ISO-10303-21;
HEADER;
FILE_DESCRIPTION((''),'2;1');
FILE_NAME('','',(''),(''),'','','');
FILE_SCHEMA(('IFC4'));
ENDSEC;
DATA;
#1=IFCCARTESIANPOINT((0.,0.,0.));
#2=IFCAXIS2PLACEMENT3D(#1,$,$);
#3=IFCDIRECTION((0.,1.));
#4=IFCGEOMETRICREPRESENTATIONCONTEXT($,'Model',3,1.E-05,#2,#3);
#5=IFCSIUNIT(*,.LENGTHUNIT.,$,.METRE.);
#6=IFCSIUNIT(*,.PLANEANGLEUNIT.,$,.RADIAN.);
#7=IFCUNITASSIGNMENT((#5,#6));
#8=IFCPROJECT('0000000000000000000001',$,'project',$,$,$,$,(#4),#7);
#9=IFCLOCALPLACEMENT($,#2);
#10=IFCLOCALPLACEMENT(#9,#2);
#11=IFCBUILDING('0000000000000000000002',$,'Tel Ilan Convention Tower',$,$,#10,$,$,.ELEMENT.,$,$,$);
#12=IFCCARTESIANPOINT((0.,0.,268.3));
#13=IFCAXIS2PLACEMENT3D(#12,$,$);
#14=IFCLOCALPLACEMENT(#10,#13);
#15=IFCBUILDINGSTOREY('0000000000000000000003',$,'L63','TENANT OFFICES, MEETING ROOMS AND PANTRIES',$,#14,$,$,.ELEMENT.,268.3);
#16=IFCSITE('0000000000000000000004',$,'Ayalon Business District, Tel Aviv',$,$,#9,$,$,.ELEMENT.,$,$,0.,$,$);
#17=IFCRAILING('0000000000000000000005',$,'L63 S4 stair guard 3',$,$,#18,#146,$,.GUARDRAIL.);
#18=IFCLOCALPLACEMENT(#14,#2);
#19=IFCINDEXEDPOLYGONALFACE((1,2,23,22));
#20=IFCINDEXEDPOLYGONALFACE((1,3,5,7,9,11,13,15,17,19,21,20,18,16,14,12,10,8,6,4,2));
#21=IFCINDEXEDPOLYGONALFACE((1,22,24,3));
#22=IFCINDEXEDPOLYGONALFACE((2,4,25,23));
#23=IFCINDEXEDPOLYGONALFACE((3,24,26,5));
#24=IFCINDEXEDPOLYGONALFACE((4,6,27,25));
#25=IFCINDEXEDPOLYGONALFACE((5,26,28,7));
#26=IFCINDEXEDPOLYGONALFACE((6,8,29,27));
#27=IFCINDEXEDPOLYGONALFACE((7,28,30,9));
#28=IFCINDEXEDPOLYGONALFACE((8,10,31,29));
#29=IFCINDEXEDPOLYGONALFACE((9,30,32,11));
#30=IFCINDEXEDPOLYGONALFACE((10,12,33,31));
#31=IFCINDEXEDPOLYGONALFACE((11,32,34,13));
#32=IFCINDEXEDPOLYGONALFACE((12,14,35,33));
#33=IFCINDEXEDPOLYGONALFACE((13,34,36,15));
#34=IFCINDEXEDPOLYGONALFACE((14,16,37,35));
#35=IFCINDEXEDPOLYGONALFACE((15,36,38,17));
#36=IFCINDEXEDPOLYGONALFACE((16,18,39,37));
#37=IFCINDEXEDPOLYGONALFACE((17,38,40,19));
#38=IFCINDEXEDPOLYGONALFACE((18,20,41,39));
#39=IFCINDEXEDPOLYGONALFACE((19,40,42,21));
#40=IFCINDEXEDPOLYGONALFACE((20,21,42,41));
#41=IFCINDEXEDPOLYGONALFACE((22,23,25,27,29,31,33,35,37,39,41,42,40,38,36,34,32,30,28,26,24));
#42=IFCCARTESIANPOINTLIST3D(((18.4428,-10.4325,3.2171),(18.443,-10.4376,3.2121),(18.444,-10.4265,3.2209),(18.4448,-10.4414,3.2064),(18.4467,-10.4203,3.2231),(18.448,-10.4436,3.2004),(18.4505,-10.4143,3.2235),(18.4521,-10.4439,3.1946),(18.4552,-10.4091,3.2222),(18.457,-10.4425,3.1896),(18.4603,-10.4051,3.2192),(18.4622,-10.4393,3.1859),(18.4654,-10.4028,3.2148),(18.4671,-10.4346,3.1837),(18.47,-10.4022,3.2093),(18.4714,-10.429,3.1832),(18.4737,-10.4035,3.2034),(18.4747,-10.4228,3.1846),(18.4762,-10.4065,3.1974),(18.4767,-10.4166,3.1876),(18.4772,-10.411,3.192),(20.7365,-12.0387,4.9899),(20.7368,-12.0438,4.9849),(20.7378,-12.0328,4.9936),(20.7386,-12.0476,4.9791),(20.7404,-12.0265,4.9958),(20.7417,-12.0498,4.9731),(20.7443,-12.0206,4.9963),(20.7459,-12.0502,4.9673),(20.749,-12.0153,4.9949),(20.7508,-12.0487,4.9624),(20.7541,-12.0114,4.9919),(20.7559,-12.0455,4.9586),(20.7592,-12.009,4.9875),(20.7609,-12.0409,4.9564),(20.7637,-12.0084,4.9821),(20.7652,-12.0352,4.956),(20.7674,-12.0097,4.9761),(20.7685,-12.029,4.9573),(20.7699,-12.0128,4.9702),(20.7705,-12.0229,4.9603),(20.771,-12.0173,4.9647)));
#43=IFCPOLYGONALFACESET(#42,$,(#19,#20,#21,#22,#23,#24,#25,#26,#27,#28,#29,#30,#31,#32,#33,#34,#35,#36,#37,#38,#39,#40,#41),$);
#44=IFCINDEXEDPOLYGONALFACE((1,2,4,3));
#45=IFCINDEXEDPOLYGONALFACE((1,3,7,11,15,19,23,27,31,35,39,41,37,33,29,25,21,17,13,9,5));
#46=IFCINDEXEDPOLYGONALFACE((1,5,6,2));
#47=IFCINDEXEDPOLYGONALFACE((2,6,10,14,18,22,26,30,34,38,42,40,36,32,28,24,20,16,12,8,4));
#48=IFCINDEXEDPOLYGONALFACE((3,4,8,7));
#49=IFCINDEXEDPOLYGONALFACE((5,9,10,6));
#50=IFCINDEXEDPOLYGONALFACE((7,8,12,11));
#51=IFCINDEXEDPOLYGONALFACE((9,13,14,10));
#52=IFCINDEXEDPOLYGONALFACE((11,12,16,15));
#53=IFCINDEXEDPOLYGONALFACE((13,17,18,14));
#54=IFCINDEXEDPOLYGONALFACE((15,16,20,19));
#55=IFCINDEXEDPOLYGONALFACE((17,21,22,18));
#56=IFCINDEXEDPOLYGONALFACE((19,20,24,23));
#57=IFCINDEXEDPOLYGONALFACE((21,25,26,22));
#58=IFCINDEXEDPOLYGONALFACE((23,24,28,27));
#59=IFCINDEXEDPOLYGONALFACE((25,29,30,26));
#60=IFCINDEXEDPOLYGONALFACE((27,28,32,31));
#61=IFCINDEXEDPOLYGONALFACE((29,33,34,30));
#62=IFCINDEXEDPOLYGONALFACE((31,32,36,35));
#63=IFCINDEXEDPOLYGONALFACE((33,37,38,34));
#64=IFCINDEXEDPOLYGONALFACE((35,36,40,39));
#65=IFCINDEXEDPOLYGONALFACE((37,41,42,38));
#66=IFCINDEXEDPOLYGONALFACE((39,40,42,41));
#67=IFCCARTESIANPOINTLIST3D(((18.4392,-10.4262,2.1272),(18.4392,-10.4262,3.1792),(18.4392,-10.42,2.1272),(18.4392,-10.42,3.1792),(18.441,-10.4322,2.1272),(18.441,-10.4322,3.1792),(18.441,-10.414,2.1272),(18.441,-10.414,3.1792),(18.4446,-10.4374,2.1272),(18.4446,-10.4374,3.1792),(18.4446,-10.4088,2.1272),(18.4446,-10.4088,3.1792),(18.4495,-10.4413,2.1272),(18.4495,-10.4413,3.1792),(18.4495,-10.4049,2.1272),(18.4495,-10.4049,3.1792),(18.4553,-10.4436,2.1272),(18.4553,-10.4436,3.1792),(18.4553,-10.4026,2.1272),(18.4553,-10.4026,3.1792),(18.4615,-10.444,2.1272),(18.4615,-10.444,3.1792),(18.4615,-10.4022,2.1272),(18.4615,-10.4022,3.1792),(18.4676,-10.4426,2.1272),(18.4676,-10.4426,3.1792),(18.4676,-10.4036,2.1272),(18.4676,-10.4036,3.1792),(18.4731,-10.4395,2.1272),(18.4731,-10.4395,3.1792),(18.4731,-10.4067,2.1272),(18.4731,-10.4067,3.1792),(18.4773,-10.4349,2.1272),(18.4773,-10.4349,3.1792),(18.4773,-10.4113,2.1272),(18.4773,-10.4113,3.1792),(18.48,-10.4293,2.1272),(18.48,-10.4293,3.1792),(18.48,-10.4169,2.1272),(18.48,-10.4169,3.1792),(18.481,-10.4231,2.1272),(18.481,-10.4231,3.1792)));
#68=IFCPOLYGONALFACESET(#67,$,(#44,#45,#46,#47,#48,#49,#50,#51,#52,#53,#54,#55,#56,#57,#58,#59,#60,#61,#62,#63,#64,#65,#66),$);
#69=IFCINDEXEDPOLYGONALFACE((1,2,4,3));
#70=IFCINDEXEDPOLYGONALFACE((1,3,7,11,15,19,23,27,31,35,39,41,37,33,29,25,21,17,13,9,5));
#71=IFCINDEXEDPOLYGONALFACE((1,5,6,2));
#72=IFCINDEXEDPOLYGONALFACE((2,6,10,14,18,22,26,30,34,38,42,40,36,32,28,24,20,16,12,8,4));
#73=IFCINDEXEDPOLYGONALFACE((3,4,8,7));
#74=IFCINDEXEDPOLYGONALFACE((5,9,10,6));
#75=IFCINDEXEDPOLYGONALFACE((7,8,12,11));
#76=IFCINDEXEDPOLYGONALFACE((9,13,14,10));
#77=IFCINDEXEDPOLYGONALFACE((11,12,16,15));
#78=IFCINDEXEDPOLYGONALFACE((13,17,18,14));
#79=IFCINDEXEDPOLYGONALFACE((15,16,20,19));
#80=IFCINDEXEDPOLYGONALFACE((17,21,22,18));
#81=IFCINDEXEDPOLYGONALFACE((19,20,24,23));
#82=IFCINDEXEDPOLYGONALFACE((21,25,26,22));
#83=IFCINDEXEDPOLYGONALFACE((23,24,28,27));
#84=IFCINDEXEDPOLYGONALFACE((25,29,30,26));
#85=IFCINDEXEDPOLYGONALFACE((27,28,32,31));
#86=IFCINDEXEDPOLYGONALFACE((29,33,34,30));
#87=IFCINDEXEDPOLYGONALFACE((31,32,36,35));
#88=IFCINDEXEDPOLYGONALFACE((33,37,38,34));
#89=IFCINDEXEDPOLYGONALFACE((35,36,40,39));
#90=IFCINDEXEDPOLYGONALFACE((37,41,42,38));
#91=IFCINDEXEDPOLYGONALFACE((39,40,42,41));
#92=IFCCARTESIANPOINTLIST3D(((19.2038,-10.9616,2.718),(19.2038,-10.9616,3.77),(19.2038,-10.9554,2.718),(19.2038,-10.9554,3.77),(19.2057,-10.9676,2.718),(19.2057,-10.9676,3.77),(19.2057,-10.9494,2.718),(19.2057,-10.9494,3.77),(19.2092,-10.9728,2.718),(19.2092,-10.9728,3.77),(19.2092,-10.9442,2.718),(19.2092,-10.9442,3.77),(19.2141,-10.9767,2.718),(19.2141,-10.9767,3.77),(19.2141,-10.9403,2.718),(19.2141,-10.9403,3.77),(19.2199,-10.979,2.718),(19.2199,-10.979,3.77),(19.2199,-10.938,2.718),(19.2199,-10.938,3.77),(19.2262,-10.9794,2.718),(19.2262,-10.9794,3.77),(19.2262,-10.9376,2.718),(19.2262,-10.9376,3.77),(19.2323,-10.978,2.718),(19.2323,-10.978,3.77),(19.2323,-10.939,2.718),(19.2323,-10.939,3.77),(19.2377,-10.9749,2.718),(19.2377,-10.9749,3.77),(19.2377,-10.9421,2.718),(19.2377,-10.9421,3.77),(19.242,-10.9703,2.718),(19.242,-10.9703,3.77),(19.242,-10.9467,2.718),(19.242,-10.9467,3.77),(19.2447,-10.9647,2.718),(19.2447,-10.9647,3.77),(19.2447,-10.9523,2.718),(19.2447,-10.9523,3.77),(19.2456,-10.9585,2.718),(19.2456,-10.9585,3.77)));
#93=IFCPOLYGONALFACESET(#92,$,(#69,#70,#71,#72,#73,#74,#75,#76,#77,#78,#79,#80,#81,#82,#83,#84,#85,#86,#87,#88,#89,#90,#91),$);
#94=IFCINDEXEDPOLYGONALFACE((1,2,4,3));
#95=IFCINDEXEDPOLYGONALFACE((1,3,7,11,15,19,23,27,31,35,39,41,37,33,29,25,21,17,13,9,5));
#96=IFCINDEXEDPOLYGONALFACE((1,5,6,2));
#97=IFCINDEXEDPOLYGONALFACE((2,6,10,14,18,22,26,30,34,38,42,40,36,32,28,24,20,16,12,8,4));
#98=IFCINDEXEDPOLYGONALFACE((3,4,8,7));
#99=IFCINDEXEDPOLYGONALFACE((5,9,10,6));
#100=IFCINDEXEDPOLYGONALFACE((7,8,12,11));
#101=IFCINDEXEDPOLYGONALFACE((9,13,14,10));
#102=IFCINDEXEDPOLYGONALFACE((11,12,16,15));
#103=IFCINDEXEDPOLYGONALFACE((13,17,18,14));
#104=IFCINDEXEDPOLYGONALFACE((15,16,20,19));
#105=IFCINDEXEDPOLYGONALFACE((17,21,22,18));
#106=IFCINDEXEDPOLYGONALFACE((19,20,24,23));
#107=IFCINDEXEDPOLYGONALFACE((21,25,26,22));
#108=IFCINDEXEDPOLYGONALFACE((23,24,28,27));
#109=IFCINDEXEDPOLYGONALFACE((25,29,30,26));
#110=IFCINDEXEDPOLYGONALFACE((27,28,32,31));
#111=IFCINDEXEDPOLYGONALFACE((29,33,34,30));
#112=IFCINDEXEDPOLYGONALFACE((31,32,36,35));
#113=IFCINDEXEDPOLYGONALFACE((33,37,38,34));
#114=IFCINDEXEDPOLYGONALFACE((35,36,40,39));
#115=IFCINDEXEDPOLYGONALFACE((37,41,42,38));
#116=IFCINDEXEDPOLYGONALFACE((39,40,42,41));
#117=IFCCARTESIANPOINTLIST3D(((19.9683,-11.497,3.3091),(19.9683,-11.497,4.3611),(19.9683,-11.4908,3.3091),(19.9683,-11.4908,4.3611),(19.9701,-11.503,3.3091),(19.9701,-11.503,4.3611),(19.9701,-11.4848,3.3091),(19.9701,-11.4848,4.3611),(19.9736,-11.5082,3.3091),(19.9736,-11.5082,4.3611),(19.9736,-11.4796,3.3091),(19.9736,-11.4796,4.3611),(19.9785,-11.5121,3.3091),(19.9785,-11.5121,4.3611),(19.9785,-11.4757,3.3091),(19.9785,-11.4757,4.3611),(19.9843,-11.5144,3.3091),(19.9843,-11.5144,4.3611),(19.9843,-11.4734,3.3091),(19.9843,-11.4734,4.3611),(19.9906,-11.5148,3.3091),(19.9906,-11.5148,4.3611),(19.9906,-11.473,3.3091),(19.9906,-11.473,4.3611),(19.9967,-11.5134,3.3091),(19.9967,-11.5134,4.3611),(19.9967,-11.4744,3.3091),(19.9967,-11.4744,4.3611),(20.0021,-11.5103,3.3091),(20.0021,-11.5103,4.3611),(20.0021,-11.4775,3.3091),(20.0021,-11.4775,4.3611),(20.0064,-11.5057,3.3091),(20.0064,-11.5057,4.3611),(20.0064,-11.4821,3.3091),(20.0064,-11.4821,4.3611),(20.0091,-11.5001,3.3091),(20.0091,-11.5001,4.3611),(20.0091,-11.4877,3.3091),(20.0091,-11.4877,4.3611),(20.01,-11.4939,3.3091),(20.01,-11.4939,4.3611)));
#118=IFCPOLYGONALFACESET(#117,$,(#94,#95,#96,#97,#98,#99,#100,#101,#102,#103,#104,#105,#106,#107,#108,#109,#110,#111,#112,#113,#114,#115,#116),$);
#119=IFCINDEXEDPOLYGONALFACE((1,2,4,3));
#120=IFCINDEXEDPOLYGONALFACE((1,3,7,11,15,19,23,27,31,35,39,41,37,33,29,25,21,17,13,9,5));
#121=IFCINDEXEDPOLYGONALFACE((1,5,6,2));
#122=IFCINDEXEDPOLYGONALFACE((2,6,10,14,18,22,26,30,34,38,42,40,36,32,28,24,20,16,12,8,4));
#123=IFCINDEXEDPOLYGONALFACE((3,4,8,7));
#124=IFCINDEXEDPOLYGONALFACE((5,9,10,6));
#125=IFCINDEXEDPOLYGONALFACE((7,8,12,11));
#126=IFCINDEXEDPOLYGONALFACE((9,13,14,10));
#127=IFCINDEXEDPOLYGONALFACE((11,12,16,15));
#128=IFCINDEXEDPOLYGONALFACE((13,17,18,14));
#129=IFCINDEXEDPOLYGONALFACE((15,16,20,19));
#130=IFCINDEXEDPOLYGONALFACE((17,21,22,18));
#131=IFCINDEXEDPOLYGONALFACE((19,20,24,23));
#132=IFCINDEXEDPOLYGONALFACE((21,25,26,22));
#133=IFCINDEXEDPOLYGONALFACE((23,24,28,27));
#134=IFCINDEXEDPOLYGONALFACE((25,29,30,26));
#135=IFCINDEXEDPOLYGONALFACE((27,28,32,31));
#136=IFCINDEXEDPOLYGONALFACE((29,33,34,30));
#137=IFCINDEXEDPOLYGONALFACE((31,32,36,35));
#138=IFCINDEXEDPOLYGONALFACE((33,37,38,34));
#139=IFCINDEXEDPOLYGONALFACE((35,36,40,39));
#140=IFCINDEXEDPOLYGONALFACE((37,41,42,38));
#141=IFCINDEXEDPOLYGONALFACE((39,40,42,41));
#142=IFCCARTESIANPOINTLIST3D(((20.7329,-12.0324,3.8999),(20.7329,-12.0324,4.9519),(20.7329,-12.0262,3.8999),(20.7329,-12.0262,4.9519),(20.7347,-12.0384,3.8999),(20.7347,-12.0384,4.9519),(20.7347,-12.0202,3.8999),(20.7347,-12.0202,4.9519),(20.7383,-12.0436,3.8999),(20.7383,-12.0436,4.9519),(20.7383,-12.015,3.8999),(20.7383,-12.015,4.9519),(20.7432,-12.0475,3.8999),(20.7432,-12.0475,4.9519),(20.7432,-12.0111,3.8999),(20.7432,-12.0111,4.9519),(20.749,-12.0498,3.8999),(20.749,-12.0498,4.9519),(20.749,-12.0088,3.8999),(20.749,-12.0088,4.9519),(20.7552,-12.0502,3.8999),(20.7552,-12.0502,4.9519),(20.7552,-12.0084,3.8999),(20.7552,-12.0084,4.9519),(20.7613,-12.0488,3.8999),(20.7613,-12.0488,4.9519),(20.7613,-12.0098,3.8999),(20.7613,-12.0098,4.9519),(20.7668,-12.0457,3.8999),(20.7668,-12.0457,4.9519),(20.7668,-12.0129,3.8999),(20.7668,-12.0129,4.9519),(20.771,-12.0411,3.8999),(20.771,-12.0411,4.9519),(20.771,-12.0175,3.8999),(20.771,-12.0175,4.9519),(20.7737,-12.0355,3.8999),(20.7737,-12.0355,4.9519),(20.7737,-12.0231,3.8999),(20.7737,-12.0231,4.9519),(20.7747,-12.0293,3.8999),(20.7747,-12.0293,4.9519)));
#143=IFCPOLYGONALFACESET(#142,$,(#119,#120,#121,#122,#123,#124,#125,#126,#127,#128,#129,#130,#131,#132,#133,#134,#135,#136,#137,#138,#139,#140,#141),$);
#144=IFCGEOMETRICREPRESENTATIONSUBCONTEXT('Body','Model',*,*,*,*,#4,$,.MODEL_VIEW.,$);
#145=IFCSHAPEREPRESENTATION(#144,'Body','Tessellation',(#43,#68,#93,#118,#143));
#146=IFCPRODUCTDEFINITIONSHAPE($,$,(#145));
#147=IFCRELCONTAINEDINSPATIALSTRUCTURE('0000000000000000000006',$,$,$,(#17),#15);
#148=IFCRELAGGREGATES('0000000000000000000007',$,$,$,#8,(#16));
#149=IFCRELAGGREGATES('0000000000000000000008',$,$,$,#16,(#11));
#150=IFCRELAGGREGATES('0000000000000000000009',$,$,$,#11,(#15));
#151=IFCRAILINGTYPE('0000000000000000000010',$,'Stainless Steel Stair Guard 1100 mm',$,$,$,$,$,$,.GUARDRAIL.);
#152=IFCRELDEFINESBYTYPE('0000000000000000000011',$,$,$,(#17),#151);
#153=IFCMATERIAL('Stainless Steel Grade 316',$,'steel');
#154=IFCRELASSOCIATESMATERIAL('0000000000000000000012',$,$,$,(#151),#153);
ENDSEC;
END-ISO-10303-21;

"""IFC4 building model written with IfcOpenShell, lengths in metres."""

from ifc_helpers import new_model, si_unit, direction, frame, origin, origin_2d, place, context, subcontext, project, spatial, circle, extrude, material, type_object, element, save


model = new_model("IFC4")

# Units and contexts
model_context = context("Model", 3, precision=1e-05, world=origin(), true_north=direction((0.0, 1.0)))
body_context = subcontext(model_context, "Body", "Model", "MODEL_VIEW")
ifc_project = project(units=[si_unit("LENGTHUNIT", "METRE"), si_unit("PLANEANGLEUNIT", "RADIAN")], contexts=[model_context])

# Site, building, storey
site_placement = place(None, origin())
site = spatial("IfcSite", under=ifc_project, at=site_placement, Name="Ayalon Business District, Tel Aviv", CompositionType="ELEMENT", RefElevation=0.0)
building_placement = place(site_placement, origin())
building = spatial("IfcBuilding", under=site, at=building_placement, Name="Tel Ilan Convention Tower", CompositionType="ELEMENT")
storey_placement = place(building_placement, frame((0.0, 0.0, 268.3)))
storey = spatial("IfcBuildingStorey", under=building, at=storey_placement, Name="L63", Description="TENANT OFFICES, MEETING ROOMS AND PANTRIES", CompositionType="ELEMENT", Elevation=268.3)

# Railing
ifc_material_1 = material(Name="Stainless Steel Grade 316", Category="steel")
railing_type_1 = type_object("IfcRailingType", Name="Stainless Steel Stair Guard 1100 mm", PredefinedType="GUARDRAIL", material=ifc_material_1)
railing_1_placement = place(storey_placement, frame((18.46, -10.4231, 2.1272)))
element("IfcRailing", 1, at=railing_1_placement, inside=storey, type_object=railing_type_1, Name="L63 S4 stair guard 3", PredefinedType="GUARDRAIL", context=body_context, shape_type="SweptSolid", body=[
    extrude(circle(Radius=0.0239, at=origin_2d()), frame((0.0, 0.0, 1.0762), z_axis=(0.692098, -0.484653, 0.534894), x_axis=(0.573609, 0.81913, 0.0)), (0.0, 0.0, 1.0), 3.3142),
    extrude(circle(Radius=0.021, at=origin_2d()), origin(), (0.0, 0.0, 1.0), 1.052),
    extrude(circle(Radius=0.021, at=origin_2d()), frame((0.7646, -0.5354, 0.5908)), (0.0, 0.0, 1.0), 1.052),
    extrude(circle(Radius=0.021, at=origin_2d()), frame((1.5291, -1.0708, 1.1819)), (0.0, 0.0, 1.0), 1.052),
    extrude(circle(Radius=0.021, at=origin_2d()), frame((2.2937, -1.6062, 1.7727)), (0.0, 0.0, 1.0), 1.052),
])

save(model, "model.ifc")
